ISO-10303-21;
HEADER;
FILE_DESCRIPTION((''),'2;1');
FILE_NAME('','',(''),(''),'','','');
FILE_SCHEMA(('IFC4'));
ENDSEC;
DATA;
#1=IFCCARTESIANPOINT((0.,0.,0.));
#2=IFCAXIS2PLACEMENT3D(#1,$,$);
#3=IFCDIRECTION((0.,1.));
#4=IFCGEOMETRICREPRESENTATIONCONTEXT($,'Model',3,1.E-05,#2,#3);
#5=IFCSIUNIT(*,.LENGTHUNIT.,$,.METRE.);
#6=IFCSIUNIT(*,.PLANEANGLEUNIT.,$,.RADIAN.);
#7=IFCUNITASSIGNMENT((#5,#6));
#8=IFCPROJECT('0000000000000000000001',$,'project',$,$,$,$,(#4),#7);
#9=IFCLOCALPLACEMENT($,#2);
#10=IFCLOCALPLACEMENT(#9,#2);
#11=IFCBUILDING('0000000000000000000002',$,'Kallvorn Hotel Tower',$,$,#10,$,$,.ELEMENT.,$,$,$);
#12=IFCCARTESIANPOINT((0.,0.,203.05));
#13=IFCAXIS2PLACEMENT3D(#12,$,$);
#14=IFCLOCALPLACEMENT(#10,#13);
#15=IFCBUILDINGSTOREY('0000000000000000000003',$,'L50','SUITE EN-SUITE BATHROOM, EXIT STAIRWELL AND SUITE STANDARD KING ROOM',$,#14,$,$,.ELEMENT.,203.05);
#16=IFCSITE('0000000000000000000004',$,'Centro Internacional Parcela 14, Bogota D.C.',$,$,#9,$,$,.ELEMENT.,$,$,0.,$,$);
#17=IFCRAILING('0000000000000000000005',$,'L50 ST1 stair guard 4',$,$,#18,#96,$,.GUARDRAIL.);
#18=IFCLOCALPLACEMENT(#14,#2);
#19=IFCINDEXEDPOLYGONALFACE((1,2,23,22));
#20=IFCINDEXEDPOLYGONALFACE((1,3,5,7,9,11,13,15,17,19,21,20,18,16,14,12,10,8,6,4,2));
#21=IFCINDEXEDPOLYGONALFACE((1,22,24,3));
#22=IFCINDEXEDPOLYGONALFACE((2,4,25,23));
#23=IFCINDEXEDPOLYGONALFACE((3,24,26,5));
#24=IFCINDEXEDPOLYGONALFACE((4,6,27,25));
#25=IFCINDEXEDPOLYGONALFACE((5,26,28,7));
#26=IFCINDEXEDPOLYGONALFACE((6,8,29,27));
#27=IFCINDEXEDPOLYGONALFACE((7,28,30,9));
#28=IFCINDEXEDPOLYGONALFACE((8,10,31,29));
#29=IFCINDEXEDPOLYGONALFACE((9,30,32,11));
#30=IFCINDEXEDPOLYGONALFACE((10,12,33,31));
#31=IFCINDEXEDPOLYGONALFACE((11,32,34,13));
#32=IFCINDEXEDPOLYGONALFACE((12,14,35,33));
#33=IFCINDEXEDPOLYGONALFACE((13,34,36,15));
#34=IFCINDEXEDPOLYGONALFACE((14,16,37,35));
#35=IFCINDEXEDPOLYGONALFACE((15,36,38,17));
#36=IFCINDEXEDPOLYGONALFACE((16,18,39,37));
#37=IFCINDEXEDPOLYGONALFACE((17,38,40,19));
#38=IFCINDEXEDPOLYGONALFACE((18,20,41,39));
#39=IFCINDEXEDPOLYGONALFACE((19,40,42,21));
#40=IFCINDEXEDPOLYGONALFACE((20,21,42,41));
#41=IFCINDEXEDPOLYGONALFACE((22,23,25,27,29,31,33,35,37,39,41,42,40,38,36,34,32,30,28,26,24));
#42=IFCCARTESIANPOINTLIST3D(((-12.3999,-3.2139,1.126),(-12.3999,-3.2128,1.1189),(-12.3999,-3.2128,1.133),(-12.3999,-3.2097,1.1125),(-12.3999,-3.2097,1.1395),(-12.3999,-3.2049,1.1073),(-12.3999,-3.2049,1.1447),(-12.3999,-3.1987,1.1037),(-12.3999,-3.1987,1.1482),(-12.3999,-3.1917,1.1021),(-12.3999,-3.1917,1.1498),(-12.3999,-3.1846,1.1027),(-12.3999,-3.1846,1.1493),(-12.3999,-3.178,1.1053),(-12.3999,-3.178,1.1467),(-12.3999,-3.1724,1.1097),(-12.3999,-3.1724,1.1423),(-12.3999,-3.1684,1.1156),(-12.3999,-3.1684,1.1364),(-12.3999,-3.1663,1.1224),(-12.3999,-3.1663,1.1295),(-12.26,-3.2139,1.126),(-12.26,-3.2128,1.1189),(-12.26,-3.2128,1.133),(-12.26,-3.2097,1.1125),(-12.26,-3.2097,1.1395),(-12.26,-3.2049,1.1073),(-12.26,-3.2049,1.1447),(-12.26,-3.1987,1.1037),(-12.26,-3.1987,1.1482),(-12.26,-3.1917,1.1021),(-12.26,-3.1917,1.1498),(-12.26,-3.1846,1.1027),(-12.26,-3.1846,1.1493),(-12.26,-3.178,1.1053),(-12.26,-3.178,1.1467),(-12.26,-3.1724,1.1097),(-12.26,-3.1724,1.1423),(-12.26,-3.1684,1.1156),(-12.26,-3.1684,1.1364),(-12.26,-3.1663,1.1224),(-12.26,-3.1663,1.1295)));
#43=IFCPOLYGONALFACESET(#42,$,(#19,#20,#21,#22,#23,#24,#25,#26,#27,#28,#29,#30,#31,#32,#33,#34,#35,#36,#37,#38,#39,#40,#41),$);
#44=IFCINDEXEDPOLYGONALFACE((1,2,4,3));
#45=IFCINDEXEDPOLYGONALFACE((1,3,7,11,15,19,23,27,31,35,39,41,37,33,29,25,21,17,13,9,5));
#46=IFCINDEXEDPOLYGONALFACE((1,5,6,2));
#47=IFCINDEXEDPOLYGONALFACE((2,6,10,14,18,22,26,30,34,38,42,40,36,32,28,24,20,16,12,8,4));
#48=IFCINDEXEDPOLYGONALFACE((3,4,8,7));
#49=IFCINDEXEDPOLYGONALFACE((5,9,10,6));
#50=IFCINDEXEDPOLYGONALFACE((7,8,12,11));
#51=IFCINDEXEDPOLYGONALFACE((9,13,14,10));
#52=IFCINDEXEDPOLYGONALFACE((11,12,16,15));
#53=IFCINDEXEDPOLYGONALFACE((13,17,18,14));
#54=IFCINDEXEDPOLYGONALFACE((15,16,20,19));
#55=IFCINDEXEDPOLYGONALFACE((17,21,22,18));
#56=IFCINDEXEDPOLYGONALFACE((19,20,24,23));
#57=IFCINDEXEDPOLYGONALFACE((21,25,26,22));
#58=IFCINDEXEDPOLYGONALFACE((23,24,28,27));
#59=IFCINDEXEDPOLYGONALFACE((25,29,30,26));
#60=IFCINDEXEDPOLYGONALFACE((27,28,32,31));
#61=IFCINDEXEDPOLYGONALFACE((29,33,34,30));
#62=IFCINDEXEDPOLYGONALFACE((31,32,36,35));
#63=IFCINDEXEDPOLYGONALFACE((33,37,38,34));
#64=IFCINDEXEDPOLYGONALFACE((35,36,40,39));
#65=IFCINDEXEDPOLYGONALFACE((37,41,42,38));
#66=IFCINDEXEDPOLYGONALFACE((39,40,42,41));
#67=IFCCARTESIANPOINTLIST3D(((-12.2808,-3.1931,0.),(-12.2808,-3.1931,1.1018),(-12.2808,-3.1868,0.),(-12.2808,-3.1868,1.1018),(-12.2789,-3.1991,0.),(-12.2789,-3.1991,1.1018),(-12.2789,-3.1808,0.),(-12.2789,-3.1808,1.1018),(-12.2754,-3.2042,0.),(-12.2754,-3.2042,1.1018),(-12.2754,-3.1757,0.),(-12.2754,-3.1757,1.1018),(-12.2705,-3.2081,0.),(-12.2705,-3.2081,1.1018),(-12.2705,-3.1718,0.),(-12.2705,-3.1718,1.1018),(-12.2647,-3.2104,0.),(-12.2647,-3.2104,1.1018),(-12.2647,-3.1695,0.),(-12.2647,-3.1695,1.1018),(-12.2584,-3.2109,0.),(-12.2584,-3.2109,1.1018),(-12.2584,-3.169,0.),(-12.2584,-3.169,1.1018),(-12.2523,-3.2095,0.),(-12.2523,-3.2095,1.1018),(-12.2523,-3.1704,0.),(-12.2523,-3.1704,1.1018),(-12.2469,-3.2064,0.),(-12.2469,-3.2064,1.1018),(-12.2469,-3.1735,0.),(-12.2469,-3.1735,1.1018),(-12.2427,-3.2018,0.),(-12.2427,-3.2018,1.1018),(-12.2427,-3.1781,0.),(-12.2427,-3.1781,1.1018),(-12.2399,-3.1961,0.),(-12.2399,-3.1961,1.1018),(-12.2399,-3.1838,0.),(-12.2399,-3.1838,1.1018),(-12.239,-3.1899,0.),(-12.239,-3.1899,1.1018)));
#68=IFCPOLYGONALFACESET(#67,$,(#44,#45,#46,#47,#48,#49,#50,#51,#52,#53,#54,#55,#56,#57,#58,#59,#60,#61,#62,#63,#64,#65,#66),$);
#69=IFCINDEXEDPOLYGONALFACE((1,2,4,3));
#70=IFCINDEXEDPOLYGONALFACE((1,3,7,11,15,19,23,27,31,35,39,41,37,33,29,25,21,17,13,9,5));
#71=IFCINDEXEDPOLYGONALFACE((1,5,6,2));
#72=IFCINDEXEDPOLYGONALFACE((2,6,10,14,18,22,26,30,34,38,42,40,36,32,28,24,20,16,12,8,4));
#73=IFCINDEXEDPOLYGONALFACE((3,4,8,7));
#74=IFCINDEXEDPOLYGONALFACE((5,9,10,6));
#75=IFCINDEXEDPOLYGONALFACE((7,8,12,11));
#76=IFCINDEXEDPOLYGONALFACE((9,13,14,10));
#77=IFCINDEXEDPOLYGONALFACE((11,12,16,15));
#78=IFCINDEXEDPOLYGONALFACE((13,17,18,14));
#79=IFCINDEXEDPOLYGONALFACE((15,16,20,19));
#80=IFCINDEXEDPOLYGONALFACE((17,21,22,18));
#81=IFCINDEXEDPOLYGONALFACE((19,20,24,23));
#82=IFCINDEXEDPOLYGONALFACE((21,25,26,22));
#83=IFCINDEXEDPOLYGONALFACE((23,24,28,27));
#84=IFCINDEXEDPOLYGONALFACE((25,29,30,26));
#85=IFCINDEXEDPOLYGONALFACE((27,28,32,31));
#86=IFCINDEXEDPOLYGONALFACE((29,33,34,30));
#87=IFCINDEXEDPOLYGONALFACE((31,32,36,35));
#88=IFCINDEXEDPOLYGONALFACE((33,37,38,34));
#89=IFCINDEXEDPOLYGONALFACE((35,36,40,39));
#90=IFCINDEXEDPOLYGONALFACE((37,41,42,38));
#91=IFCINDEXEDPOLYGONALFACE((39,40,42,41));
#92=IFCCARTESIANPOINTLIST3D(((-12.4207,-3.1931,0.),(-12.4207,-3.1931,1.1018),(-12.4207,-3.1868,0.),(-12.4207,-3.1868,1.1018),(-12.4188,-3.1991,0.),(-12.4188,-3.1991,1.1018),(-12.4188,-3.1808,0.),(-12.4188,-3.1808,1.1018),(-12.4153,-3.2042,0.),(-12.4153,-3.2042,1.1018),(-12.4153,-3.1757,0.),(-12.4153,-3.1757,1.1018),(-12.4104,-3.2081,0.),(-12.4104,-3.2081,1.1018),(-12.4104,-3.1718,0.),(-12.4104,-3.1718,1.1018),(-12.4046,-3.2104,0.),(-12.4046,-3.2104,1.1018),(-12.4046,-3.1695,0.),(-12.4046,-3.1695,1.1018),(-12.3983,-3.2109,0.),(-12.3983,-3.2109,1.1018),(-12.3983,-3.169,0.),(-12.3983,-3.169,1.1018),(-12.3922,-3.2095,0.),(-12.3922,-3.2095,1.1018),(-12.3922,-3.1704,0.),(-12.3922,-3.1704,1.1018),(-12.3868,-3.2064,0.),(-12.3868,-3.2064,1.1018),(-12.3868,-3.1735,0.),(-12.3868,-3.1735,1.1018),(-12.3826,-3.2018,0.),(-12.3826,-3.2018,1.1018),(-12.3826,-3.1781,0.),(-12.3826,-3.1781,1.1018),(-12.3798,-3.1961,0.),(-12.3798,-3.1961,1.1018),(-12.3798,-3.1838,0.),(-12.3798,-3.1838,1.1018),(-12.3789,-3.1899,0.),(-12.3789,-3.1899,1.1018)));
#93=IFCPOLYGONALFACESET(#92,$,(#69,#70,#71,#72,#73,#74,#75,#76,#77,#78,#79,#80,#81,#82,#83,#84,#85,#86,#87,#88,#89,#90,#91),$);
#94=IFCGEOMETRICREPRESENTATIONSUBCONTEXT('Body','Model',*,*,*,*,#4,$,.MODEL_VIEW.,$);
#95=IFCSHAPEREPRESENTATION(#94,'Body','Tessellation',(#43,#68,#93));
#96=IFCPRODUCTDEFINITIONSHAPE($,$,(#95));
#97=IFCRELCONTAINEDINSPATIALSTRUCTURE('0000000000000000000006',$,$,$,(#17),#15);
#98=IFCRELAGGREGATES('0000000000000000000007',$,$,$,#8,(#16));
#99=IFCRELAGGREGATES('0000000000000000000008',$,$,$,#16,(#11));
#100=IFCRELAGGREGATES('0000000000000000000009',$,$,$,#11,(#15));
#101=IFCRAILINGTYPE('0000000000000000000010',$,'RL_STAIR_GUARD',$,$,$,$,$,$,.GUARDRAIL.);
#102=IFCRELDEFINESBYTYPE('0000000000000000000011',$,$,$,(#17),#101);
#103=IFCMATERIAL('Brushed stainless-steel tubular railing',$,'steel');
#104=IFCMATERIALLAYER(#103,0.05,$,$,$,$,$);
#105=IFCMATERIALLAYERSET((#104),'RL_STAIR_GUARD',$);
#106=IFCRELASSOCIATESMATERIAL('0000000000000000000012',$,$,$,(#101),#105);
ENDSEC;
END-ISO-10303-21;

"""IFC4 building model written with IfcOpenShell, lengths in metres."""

from ifc_helpers import new_model, si_unit, direction, frame, origin, origin_2d, place, context, subcontext, project, spatial, circle, extrude, material, layer, layer_set, type_object, element, save


model = new_model("IFC4")

# Units and contexts
model_context = context("Model", 3, precision=1e-05, world=origin(), true_north=direction((0.0, 1.0)))
body_context = subcontext(model_context, "Body", "Model", "MODEL_VIEW")
ifc_project = project(units=[si_unit("LENGTHUNIT", "METRE"), si_unit("PLANEANGLEUNIT", "RADIAN")], contexts=[model_context])

# Site, building, storey
site_placement = place(None, origin())
site = spatial("IfcSite", under=ifc_project, at=site_placement, Name="Centro Internacional Parcela 14, Bogota D.C.", CompositionType="ELEMENT", RefElevation=0.0)
building_placement = place(site_placement, origin())
building = spatial("IfcBuilding", under=site, at=building_placement, Name="Kallvorn Hotel Tower", CompositionType="ELEMENT")
storey_placement = place(building_placement, frame((0.0, 0.0, 203.05)))
storey = spatial("IfcBuildingStorey", under=building, at=storey_placement, Name="L50", Description="SUITE EN-SUITE BATHROOM, EXIT STAIRWELL AND SUITE STANDARD KING ROOM", CompositionType="ELEMENT", Elevation=203.05)

# Railing
ifc_material_1 = material(Name="Brushed stainless-steel tubular railing", Category="steel")
ifc_layer_1 = layer(ifc_material_1, 0.05)
ifc_layer_set_1 = layer_set([ifc_layer_1], Name="RL_STAIR_GUARD")
railing_type_1 = type_object("IfcRailingType", Name="RL_STAIR_GUARD", PredefinedType="GUARDRAIL", material=ifc_layer_set_1)
railing_1_placement = place(storey_placement, frame((-12.26, -3.1899, 0.0)))
element("IfcRailing", 1, at=railing_1_placement, inside=storey, type_object=railing_type_1, Name="L50 ST1 stair guard 4", PredefinedType="GUARDRAIL", context=body_context, shape_type="SweptSolid", body=[
    extrude(circle(Radius=0.0239, at=origin_2d()), frame((0.0, 0.0, 1.126), z_axis=(-1.0, 0.0, 0.0), x_axis=(0.0, -1.0, 0.0)), (0.0, 0.0, 1.0), 0.1399),
    extrude(circle(Radius=0.021, at=origin_2d()), origin(), (0.0, 0.0, 1.0), 1.1018),
    extrude(circle(Radius=0.021, at=origin_2d()), frame((-0.1399, 0.0, 0.0)), (0.0, 0.0, 1.0), 1.1018),
])

save(model, "model.ifc")
